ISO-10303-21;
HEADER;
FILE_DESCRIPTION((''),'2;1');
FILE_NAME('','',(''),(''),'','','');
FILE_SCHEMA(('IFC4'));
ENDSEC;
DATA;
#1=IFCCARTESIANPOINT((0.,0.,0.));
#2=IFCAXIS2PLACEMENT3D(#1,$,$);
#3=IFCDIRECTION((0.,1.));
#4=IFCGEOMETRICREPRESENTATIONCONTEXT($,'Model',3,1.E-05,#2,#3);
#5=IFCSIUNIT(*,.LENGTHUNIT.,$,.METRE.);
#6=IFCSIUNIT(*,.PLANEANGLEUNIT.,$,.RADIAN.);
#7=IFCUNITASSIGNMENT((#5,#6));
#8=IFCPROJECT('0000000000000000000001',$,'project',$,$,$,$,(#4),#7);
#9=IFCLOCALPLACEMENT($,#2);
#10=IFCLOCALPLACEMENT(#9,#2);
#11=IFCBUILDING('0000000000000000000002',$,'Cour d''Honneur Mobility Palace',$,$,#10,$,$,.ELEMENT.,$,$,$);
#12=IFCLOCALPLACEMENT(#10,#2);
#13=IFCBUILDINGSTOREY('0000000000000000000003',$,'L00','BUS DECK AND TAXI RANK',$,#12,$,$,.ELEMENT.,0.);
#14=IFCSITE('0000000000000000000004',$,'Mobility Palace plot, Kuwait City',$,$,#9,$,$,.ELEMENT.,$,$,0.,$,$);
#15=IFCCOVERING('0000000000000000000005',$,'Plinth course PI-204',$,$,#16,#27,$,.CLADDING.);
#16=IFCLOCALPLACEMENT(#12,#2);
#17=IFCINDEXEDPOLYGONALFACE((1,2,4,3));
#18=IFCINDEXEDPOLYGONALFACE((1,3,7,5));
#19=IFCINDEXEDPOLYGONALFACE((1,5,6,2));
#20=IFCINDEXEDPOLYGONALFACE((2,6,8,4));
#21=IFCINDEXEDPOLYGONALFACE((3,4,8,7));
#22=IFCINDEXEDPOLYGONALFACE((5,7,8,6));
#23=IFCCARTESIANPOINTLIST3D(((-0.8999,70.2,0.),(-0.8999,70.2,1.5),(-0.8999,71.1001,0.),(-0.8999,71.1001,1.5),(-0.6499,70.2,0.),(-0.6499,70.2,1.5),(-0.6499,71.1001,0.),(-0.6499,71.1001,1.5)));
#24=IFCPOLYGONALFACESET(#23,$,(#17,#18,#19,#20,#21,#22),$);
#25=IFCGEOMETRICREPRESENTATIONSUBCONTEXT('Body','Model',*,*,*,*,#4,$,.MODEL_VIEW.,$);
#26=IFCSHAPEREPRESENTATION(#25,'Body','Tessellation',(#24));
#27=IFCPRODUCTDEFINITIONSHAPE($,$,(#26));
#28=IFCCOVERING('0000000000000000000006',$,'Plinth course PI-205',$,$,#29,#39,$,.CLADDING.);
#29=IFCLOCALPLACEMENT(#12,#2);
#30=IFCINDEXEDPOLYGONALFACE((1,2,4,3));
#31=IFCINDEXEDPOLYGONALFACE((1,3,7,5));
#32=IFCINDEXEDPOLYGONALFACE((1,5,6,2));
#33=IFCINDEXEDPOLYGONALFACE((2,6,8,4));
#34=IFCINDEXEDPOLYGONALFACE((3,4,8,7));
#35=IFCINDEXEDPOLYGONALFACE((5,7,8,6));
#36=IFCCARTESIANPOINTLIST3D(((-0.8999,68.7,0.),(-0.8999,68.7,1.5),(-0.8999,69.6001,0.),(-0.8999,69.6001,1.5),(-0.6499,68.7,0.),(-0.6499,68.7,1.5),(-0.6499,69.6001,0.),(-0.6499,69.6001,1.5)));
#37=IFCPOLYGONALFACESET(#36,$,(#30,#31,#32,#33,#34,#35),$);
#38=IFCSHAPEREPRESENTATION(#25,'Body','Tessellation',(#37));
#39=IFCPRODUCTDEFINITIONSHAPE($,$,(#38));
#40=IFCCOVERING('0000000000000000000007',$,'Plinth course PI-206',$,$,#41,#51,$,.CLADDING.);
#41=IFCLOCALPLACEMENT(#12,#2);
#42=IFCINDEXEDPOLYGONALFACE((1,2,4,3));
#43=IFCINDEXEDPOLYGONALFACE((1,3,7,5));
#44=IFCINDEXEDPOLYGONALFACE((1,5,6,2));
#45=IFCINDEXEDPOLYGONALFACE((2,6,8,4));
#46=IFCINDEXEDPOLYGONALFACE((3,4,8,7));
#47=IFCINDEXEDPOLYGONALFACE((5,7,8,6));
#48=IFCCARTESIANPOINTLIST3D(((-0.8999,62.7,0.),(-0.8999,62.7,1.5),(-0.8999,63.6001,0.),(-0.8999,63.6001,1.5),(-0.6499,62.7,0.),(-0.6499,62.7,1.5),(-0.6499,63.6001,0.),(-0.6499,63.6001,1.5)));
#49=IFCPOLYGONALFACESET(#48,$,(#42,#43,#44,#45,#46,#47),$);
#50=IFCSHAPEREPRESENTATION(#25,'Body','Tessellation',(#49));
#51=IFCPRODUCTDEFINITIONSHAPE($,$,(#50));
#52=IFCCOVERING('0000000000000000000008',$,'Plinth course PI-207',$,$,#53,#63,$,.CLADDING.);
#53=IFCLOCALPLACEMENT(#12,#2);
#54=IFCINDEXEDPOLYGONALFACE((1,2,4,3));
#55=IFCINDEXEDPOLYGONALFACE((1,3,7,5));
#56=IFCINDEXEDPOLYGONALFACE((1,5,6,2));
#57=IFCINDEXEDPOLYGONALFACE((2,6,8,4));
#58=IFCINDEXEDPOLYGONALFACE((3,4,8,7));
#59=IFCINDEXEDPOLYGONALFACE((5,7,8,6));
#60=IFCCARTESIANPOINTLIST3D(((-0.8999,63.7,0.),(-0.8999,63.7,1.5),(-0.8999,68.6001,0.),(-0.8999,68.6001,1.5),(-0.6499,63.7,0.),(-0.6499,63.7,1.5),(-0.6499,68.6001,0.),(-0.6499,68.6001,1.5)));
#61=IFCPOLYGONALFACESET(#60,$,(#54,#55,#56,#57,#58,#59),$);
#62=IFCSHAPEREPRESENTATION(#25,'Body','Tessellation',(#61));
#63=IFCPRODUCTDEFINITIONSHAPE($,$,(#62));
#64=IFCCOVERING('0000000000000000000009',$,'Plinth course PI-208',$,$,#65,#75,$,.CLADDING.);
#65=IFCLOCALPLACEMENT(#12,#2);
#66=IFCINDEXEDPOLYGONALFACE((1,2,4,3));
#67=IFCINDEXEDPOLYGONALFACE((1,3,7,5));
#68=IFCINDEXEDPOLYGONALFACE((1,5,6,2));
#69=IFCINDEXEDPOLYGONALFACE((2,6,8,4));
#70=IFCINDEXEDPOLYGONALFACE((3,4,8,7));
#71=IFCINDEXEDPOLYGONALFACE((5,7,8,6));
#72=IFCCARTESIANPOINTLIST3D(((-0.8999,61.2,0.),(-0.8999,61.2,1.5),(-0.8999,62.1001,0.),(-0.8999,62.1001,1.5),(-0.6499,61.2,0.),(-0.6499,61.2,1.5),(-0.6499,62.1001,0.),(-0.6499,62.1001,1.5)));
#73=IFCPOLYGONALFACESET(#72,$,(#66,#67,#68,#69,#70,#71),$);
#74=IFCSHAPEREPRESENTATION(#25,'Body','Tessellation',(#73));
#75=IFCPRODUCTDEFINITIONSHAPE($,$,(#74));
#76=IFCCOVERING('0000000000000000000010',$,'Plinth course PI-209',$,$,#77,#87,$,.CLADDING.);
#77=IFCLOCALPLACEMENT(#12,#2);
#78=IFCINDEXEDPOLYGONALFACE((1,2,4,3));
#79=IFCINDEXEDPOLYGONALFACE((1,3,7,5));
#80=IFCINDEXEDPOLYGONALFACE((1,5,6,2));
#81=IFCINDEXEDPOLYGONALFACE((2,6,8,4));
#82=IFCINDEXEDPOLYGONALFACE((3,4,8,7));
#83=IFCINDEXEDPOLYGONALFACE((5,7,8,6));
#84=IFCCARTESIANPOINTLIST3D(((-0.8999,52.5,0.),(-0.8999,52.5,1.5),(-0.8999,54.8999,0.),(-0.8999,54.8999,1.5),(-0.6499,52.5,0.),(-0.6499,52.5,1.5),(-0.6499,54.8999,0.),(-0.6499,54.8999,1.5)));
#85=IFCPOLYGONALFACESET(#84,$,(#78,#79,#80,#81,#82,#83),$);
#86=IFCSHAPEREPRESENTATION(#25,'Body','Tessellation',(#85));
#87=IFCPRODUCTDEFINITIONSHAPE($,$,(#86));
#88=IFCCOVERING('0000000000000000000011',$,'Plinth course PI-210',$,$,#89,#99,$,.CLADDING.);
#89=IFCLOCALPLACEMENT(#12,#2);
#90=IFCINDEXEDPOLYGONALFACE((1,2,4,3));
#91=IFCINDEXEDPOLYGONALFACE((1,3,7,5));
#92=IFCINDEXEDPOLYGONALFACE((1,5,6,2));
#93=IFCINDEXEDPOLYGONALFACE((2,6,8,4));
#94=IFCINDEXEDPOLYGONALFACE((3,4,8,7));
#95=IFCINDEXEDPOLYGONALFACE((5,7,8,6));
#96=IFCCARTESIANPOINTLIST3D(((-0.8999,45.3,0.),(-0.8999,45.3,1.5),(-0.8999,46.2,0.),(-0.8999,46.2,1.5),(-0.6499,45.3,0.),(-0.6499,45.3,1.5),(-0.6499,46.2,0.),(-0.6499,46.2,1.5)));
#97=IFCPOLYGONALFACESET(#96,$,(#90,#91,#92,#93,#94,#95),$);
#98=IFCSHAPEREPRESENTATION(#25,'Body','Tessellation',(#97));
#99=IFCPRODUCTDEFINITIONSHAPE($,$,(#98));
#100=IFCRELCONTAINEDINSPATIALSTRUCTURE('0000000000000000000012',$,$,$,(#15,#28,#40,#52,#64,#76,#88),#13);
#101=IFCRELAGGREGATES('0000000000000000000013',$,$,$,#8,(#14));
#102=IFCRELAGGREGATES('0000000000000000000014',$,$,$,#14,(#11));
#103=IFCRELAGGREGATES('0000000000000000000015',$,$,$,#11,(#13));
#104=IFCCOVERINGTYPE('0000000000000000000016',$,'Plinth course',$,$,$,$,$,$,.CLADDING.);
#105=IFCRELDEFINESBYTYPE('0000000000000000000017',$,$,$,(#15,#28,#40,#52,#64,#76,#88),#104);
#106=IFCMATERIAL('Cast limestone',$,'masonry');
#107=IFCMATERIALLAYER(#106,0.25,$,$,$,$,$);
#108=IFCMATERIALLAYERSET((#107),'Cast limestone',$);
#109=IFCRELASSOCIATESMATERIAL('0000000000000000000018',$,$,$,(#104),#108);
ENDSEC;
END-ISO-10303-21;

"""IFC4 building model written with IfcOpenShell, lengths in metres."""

from ifc_helpers import new_model, si_unit, direction, origin, place, context, subcontext, project, spatial, polyline, outline, extrude, material, layer, layer_set, type_object, element, save


model = new_model("IFC4")

# Units and contexts
model_context = context("Model", 3, precision=1e-05, world=origin(), true_north=direction((0.0, 1.0)))
body_context = subcontext(model_context, "Body", "Model", "MODEL_VIEW")
ifc_project = project(units=[si_unit("LENGTHUNIT", "METRE"), si_unit("PLANEANGLEUNIT", "RADIAN")], contexts=[model_context])

# Site, building, storey
site_placement = place(None, origin())
site = spatial("IfcSite", under=ifc_project, at=site_placement, Name="Mobility Palace plot, Kuwait City", CompositionType="ELEMENT", RefElevation=0.0)
building_placement = place(site_placement, origin())
building = spatial("IfcBuilding", under=site, at=building_placement, Name="Cour d'Honneur Mobility Palace", CompositionType="ELEMENT")
storey_placement = place(building_placement, origin())
storey = spatial("IfcBuildingStorey", under=building, at=storey_placement, Name="L00", Description="BUS DECK AND TAXI RANK", CompositionType="ELEMENT", Elevation=0.0)

# Coverings
ifc_material = material(Name="Cast limestone", Category="masonry")
ifc_layer = layer(ifc_material, 0.25)
ifc_layer_set = layer_set([ifc_layer], Name="Cast limestone")
covering_type = type_object("IfcCoveringType", Name="Plinth course", PredefinedType="CLADDING", material=ifc_layer_set)
covering_1_placement = place(storey_placement, origin())
element("IfcCovering", 1, at=covering_1_placement, inside=storey, type_object=covering_type, Name="Plinth course PI-204", PredefinedType="CLADDING", context=body_context, shape_type="SweptSolid", body=[
    extrude(outline(polyline([(-0.6499, 71.1001), (-0.6499, 70.2), (-0.8999, 70.2), (-0.8999, 71.1001), (-0.6499, 71.1001)])), origin(), (0.0, 0.0, 1.0), 1.5),
])
covering_2_placement = place(storey_placement, origin())
element("IfcCovering", 2, at=covering_2_placement, inside=storey, type_object=covering_type, Name="Plinth course PI-205", PredefinedType="CLADDING", context=body_context, shape_type="SweptSolid", body=[
    extrude(outline(polyline([(-0.6499, 69.6001), (-0.6499, 68.7), (-0.8999, 68.7), (-0.8999, 69.6001), (-0.6499, 69.6001)])), origin(), (0.0, 0.0, 1.0), 1.5),
])
covering_3_placement = place(storey_placement, origin())
element("IfcCovering", 3, at=covering_3_placement, inside=storey, type_object=covering_type, Name="Plinth course PI-206", PredefinedType="CLADDING", context=body_context, shape_type="SweptSolid", body=[
    extrude(outline(polyline([(-0.6499, 63.6001), (-0.6499, 62.7), (-0.8999, 62.7), (-0.8999, 63.6001), (-0.6499, 63.6001)])), origin(), (0.0, 0.0, 1.0), 1.5),
])
covering_4_placement = place(storey_placement, origin())
element("IfcCovering", 4, at=covering_4_placement, inside=storey, type_object=covering_type, Name="Plinth course PI-207", PredefinedType="CLADDING", context=body_context, shape_type="SweptSolid", body=[
    extrude(outline(polyline([(-0.6499, 68.6001), (-0.6499, 63.7), (-0.8999, 63.7), (-0.8999, 68.6001), (-0.6499, 68.6001)])), origin(), (0.0, 0.0, 1.0), 1.5),
])
covering_5_placement = place(storey_placement, origin())
element("IfcCovering", 5, at=covering_5_placement, inside=storey, type_object=covering_type, Name="Plinth course PI-208", PredefinedType="CLADDING", context=body_context, shape_type="SweptSolid", body=[
    extrude(outline(polyline([(-0.6499, 62.1001), (-0.6499, 61.2), (-0.8999, 61.2), (-0.8999, 62.1001), (-0.6499, 62.1001)])), origin(), (0.0, 0.0, 1.0), 1.5),
])
covering_6_placement = place(storey_placement, origin())
element("IfcCovering", 6, at=covering_6_placement, inside=storey, type_object=covering_type, Name="Plinth course PI-209", PredefinedType="CLADDING", context=body_context, shape_type="SweptSolid", body=[
    extrude(outline(polyline([(-0.6499, 54.8999), (-0.6499, 52.5), (-0.8999, 52.5), (-0.8999, 54.8999), (-0.6499, 54.8999)])), origin(), (0.0, 0.0, 1.0), 1.5),
])
covering_7_placement = place(storey_placement, origin())
element("IfcCovering", 7, at=covering_7_placement, inside=storey, type_object=covering_type, Name="Plinth course PI-210", PredefinedType="CLADDING", context=body_context, shape_type="SweptSolid", body=[
    extrude(outline(polyline([(-0.6499, 46.2), (-0.6499, 45.3), (-0.8999, 45.3), (-0.8999, 46.2), (-0.6499, 46.2)])), origin(), (0.0, 0.0, 1.0), 1.5),
])

save(model, "model.ifc")
